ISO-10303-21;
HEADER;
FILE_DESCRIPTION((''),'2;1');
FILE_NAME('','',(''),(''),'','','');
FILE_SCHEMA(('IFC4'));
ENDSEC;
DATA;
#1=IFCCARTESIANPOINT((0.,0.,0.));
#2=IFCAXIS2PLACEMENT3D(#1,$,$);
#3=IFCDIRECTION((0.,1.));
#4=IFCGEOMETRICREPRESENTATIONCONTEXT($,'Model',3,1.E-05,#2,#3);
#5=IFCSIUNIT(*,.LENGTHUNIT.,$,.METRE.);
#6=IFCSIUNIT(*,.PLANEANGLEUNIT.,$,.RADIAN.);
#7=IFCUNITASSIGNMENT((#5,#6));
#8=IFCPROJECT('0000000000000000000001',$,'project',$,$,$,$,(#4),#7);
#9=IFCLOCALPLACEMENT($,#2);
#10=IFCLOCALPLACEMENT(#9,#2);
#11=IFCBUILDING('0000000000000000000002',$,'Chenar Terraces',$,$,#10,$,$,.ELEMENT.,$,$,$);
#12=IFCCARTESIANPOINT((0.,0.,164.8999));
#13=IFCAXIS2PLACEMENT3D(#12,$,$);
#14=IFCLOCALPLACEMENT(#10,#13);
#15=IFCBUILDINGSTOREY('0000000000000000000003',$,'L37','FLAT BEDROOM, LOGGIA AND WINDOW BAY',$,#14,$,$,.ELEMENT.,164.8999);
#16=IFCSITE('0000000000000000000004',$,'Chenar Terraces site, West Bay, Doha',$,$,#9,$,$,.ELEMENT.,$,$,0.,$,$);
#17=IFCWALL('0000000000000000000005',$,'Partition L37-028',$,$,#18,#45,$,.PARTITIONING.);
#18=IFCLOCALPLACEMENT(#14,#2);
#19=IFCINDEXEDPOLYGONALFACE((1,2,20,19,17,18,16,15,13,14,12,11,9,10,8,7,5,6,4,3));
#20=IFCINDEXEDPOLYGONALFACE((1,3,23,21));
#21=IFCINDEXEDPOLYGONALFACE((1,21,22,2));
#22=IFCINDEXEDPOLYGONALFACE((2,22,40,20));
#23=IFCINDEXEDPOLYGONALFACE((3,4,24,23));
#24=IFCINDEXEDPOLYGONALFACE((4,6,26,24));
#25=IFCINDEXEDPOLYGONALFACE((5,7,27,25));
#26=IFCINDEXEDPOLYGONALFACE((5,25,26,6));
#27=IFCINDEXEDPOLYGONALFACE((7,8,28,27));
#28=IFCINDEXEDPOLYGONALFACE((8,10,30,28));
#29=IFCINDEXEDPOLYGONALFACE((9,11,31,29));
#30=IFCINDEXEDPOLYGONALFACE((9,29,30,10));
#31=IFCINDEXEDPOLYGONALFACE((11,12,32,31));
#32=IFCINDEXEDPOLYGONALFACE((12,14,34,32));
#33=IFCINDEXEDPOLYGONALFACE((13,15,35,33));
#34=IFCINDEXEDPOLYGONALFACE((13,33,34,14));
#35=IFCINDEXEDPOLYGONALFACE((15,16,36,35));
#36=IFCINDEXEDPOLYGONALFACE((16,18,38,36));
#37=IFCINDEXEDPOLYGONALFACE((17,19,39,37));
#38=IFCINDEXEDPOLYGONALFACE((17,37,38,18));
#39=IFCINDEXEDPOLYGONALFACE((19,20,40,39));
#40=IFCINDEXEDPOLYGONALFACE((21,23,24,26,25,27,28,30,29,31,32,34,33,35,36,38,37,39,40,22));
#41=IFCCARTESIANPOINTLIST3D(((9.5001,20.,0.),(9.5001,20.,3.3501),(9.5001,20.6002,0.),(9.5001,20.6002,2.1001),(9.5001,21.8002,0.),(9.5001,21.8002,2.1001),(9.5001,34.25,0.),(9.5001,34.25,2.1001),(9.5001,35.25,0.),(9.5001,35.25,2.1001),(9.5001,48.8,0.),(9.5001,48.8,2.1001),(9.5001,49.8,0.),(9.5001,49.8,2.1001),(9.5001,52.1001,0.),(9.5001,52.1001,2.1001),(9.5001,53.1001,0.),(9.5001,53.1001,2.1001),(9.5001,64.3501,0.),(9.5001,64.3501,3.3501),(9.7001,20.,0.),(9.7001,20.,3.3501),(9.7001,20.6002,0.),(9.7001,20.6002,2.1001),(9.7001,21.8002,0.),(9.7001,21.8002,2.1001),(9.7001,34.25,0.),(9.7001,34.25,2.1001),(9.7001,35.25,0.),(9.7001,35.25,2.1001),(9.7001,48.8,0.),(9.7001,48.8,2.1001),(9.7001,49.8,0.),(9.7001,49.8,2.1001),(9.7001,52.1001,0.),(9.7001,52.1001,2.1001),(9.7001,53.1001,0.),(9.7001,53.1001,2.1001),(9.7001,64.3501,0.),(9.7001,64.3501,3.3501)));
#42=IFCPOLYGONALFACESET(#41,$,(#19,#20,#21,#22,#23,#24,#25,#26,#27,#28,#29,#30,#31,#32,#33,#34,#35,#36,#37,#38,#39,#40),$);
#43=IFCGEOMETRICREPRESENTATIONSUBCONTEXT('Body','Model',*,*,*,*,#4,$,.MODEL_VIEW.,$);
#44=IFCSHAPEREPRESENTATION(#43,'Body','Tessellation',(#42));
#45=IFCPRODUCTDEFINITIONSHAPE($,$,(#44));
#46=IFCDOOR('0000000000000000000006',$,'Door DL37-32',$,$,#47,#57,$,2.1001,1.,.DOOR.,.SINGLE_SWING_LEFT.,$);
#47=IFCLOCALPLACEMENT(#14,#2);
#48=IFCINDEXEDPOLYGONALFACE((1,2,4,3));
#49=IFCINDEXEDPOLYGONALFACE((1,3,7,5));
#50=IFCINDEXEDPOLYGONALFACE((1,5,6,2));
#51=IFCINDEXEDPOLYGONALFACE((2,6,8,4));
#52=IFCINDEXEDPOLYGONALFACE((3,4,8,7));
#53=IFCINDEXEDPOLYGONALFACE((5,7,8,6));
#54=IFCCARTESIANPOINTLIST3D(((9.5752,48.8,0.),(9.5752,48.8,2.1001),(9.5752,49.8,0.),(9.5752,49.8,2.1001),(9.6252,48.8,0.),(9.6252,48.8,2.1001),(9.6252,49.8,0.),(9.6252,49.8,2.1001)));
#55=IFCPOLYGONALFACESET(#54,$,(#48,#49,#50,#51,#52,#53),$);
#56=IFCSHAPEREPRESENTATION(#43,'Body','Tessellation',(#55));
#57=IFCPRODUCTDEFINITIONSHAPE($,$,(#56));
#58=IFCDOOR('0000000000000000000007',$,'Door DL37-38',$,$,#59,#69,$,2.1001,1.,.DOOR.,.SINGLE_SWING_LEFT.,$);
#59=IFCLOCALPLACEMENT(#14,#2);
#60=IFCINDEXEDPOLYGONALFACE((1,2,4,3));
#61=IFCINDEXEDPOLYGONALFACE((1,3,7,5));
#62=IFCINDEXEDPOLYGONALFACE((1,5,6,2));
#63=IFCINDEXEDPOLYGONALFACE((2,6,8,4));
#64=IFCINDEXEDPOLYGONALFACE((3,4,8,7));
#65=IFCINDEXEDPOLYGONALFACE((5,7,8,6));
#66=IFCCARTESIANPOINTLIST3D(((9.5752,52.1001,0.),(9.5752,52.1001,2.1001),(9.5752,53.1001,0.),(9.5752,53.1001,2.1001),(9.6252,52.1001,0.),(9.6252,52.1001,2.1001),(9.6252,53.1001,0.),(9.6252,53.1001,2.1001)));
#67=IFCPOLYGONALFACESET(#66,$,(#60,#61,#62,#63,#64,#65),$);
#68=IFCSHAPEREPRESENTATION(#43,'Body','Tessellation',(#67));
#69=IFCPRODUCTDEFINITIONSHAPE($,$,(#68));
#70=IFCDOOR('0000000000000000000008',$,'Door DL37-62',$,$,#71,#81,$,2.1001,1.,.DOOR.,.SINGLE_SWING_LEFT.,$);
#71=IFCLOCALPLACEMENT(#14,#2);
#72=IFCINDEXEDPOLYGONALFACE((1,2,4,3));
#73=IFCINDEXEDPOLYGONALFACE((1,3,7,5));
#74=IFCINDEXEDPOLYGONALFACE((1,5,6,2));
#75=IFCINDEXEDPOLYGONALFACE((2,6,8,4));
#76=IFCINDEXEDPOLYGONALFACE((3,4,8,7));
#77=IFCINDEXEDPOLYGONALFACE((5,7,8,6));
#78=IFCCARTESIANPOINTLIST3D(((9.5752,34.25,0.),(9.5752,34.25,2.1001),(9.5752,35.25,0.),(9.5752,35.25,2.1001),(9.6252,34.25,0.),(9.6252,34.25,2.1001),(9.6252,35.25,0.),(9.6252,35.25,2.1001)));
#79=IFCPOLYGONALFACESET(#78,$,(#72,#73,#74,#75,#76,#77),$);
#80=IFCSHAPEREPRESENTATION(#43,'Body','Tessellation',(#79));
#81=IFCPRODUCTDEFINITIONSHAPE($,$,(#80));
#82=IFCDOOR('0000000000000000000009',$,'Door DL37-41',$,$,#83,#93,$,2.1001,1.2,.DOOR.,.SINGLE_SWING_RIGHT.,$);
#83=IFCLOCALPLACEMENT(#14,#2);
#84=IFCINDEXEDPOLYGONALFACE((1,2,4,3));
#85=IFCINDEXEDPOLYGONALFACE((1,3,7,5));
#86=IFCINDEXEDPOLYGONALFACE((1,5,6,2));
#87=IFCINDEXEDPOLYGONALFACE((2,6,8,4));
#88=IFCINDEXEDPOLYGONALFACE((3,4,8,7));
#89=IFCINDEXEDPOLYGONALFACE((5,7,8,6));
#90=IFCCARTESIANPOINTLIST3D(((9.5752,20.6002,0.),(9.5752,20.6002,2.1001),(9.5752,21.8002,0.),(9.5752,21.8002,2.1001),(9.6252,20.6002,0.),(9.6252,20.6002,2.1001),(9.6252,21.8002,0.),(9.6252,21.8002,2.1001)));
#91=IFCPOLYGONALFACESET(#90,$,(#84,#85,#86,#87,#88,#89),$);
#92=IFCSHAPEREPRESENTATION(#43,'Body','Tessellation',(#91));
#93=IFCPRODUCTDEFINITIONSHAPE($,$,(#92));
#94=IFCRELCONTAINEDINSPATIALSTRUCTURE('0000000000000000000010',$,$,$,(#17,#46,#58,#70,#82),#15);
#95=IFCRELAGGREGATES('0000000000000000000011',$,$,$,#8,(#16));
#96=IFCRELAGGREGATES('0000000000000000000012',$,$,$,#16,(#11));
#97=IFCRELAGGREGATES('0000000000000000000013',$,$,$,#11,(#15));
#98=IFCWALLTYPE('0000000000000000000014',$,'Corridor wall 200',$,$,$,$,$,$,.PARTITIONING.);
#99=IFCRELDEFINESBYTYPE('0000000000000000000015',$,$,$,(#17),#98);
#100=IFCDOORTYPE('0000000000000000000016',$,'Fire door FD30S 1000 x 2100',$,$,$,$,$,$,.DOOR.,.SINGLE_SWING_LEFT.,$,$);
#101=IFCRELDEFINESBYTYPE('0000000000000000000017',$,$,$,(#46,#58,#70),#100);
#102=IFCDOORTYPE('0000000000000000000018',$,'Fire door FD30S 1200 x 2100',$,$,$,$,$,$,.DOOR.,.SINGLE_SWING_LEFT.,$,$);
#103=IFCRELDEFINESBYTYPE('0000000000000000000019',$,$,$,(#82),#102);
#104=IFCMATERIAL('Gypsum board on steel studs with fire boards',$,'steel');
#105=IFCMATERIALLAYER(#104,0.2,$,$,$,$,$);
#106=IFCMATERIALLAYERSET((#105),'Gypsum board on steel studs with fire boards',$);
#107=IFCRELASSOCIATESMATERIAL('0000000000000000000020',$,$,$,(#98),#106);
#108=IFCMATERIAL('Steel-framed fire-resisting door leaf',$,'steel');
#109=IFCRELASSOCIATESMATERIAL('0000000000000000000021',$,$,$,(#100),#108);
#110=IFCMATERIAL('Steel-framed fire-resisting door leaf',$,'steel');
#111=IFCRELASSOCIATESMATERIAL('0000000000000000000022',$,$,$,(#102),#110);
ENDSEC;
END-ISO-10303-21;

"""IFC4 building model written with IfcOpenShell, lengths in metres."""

from ifc_helpers import new_model, si_unit, direction, frame, frame_2d, origin, place, context, subcontext, project, spatial, rectangle, extrude, material, layer, layer_set, type_object, element, fill, save


model = new_model("IFC4")

# Units and contexts
model_context = context("Model", 3, precision=1e-05, world=origin(), true_north=direction((0.0, 1.0)))
body_context = subcontext(model_context, "Body", "Model", "MODEL_VIEW")
ifc_project = project(units=[si_unit("LENGTHUNIT", "METRE"), si_unit("PLANEANGLEUNIT", "RADIAN")], contexts=[model_context])

# Site, building, storey
site_placement = place(None, origin())
site = spatial("IfcSite", under=ifc_project, at=site_placement, Name="Chenar Terraces site, West Bay, Doha", CompositionType="ELEMENT", RefElevation=0.0)
building_placement = place(site_placement, origin())
building = spatial("IfcBuilding", under=site, at=building_placement, Name="Chenar Terraces", CompositionType="ELEMENT")
storey_placement = place(building_placement, frame((0.0, 0.0, 164.8999)))
storey = spatial("IfcBuildingStorey", under=building, at=storey_placement, Name="L37", Description="FLAT BEDROOM, LOGGIA AND WINDOW BAY", CompositionType="ELEMENT", Elevation=164.8999)

# Wall, openings, doors
ifc_material_1 = material(Name="Gypsum board on steel studs with fire boards", Category="steel")
ifc_layer_1 = layer(ifc_material_1, 0.2)
ifc_layer_set_1 = layer_set([ifc_layer_1], Name="Gypsum board on steel studs with fire boards")
wall_type_1 = type_object("IfcWallType", Name="Corridor wall 200", PredefinedType="PARTITIONING", material=ifc_layer_set_1)
wall_1_placement = place(storey_placement, frame((9.6001, 20.0, 0.0), z_axis=(0.0, 0.0, 1.0), x_axis=(0.0, 1.0, 0.0)))
wall_1 = element("IfcWall", 1, at=wall_1_placement, inside=storey, type_object=wall_type_1, Name="Partition L37-028", PredefinedType="PARTITIONING", context=body_context, shape_type="SweptSolid", body=[
    extrude(rectangle(XDim=44.3501, YDim=0.2, at=frame_2d((22.175, 0.0))), origin(), (0.0, 0.0, 1.0), 3.3501),
])
opening_1_placement = place(wall_1_placement, frame((28.8, 0.0, 0.0)))
opening_1 = element("IfcOpeningElement", 2, at=opening_1_placement, cuts=wall_1, PredefinedType="OPENING", context=body_context, shape_type="SweptSolid", body=[
    extrude(rectangle(XDim=1.0, YDim=2.1001, at=frame_2d((0.5, 1.05))), frame((0.0, 0.1099, 0.0), z_axis=(0.0, -1.0, 0.0), x_axis=(1.0, 0.0, 0.0)), (0.0, 0.0, 1.0), 0.22),
])
opening_2_placement = place(wall_1_placement, frame((32.1001, 0.0, 0.0)))
opening_2 = element("IfcOpeningElement", 3, at=opening_2_placement, cuts=wall_1, PredefinedType="OPENING", context=body_context, shape_type="SweptSolid", body=[
    extrude(rectangle(XDim=1.0, YDim=2.1001, at=frame_2d((0.5, 1.05))), frame((0.0, 0.1099, 0.0), z_axis=(0.0, -1.0, 0.0), x_axis=(1.0, 0.0, 0.0)), (0.0, 0.0, 1.0), 0.22),
])
opening_3_placement = place(wall_1_placement, frame((0.6001, 0.0, 0.0)))
opening_3 = element("IfcOpeningElement", 4, at=opening_3_placement, cuts=wall_1, PredefinedType="OPENING", context=body_context, shape_type="SweptSolid", body=[
    extrude(rectangle(XDim=1.2, YDim=2.1001, at=frame_2d((0.6001, 1.05))), frame((0.0, 0.1099, 0.0), z_axis=(0.0, -1.0, 0.0), x_axis=(1.0, 0.0, 0.0)), (0.0, 0.0, 1.0), 0.22),
])
opening_4_placement = place(wall_1_placement, frame((14.25, 0.0, 0.0)))
opening_4 = element("IfcOpeningElement", 5, at=opening_4_placement, cuts=wall_1, PredefinedType="OPENING", context=body_context, shape_type="SweptSolid", body=[
    extrude(rectangle(XDim=1.0, YDim=2.1001, at=frame_2d((0.5, 1.05))), frame((0.0, 0.1099, 0.0), z_axis=(0.0, -1.0, 0.0), x_axis=(1.0, 0.0, 0.0)), (0.0, 0.0, 1.0), 0.22),
])
ifc_material_2 = material(Name="Steel-framed fire-resisting door leaf", Category="steel")
door_type_1 = type_object("IfcDoorType", Name="Fire door FD30S 1000 x 2100", OperationType="SINGLE_SWING_LEFT", PredefinedType="DOOR", material=ifc_material_2)
door_1_placement = place(opening_1_placement, origin())
door_1 = element("IfcDoor", 6, at=door_1_placement, inside=storey, type_object=door_type_1, Name="Door DL37-32", OperationType="SINGLE_SWING_LEFT", OverallHeight=2.1001, OverallWidth=1.0, PredefinedType="DOOR", context=body_context, shape_type="SweptSolid", body=[
    extrude(rectangle(XDim=1.0, YDim=2.1001, at=frame_2d((0.5, 1.05))), frame((0.0, 0.0249, 0.0), z_axis=(0.0, -1.0, 0.0), x_axis=(1.0, 0.0, 0.0)), (0.0, 0.0, 1.0), 0.05),
])
fill(opening_1, door_1)
door_2_placement = place(opening_2_placement, origin())
door_2 = element("IfcDoor", 7, at=door_2_placement, inside=storey, type_object=door_type_1, Name="Door DL37-38", OperationType="SINGLE_SWING_LEFT", OverallHeight=2.1001, OverallWidth=1.0, PredefinedType="DOOR", context=body_context, shape_type="SweptSolid", body=[
    extrude(rectangle(XDim=1.0, YDim=2.1001, at=frame_2d((0.5, 1.05))), frame((0.0, 0.0249, 0.0), z_axis=(0.0, -1.0, 0.0), x_axis=(1.0, 0.0, 0.0)), (0.0, 0.0, 1.0), 0.05),
])
fill(opening_2, door_2)
door_3_placement = place(opening_4_placement, origin())
door_3 = element("IfcDoor", 8, at=door_3_placement, inside=storey, type_object=door_type_1, Name="Door DL37-62", OperationType="SINGLE_SWING_LEFT", OverallHeight=2.1001, OverallWidth=1.0, PredefinedType="DOOR", context=body_context, shape_type="SweptSolid", body=[
    extrude(rectangle(XDim=1.0, YDim=2.1001, at=frame_2d((0.5, 1.05))), frame((0.0, 0.0249, 0.0), z_axis=(0.0, -1.0, 0.0), x_axis=(1.0, 0.0, 0.0)), (0.0, 0.0, 1.0), 0.05),
])
fill(opening_4, door_3)
ifc_material_3 = material(Name="Steel-framed fire-resisting door leaf", Category="steel")
door_type_2 = type_object("IfcDoorType", Name="Fire door FD30S 1200 x 2100", OperationType="SINGLE_SWING_LEFT", PredefinedType="DOOR", material=ifc_material_3)
door_4_placement = place(opening_3_placement, origin())
door_4 = element("IfcDoor", 9, at=door_4_placement, inside=storey, type_object=door_type_2, Name="Door DL37-41", OperationType="SINGLE_SWING_RIGHT", OverallHeight=2.1001, OverallWidth=1.2, PredefinedType="DOOR", context=body_context, shape_type="SweptSolid", body=[
    extrude(rectangle(XDim=1.2, YDim=2.1001, at=frame_2d((0.6001, 1.05))), frame((0.0, 0.0249, 0.0), z_axis=(0.0, -1.0, 0.0), x_axis=(1.0, 0.0, 0.0)), (0.0, 0.0, 1.0), 0.05),
])
fill(opening_3, door_4)

save(model, "model.ifc")
